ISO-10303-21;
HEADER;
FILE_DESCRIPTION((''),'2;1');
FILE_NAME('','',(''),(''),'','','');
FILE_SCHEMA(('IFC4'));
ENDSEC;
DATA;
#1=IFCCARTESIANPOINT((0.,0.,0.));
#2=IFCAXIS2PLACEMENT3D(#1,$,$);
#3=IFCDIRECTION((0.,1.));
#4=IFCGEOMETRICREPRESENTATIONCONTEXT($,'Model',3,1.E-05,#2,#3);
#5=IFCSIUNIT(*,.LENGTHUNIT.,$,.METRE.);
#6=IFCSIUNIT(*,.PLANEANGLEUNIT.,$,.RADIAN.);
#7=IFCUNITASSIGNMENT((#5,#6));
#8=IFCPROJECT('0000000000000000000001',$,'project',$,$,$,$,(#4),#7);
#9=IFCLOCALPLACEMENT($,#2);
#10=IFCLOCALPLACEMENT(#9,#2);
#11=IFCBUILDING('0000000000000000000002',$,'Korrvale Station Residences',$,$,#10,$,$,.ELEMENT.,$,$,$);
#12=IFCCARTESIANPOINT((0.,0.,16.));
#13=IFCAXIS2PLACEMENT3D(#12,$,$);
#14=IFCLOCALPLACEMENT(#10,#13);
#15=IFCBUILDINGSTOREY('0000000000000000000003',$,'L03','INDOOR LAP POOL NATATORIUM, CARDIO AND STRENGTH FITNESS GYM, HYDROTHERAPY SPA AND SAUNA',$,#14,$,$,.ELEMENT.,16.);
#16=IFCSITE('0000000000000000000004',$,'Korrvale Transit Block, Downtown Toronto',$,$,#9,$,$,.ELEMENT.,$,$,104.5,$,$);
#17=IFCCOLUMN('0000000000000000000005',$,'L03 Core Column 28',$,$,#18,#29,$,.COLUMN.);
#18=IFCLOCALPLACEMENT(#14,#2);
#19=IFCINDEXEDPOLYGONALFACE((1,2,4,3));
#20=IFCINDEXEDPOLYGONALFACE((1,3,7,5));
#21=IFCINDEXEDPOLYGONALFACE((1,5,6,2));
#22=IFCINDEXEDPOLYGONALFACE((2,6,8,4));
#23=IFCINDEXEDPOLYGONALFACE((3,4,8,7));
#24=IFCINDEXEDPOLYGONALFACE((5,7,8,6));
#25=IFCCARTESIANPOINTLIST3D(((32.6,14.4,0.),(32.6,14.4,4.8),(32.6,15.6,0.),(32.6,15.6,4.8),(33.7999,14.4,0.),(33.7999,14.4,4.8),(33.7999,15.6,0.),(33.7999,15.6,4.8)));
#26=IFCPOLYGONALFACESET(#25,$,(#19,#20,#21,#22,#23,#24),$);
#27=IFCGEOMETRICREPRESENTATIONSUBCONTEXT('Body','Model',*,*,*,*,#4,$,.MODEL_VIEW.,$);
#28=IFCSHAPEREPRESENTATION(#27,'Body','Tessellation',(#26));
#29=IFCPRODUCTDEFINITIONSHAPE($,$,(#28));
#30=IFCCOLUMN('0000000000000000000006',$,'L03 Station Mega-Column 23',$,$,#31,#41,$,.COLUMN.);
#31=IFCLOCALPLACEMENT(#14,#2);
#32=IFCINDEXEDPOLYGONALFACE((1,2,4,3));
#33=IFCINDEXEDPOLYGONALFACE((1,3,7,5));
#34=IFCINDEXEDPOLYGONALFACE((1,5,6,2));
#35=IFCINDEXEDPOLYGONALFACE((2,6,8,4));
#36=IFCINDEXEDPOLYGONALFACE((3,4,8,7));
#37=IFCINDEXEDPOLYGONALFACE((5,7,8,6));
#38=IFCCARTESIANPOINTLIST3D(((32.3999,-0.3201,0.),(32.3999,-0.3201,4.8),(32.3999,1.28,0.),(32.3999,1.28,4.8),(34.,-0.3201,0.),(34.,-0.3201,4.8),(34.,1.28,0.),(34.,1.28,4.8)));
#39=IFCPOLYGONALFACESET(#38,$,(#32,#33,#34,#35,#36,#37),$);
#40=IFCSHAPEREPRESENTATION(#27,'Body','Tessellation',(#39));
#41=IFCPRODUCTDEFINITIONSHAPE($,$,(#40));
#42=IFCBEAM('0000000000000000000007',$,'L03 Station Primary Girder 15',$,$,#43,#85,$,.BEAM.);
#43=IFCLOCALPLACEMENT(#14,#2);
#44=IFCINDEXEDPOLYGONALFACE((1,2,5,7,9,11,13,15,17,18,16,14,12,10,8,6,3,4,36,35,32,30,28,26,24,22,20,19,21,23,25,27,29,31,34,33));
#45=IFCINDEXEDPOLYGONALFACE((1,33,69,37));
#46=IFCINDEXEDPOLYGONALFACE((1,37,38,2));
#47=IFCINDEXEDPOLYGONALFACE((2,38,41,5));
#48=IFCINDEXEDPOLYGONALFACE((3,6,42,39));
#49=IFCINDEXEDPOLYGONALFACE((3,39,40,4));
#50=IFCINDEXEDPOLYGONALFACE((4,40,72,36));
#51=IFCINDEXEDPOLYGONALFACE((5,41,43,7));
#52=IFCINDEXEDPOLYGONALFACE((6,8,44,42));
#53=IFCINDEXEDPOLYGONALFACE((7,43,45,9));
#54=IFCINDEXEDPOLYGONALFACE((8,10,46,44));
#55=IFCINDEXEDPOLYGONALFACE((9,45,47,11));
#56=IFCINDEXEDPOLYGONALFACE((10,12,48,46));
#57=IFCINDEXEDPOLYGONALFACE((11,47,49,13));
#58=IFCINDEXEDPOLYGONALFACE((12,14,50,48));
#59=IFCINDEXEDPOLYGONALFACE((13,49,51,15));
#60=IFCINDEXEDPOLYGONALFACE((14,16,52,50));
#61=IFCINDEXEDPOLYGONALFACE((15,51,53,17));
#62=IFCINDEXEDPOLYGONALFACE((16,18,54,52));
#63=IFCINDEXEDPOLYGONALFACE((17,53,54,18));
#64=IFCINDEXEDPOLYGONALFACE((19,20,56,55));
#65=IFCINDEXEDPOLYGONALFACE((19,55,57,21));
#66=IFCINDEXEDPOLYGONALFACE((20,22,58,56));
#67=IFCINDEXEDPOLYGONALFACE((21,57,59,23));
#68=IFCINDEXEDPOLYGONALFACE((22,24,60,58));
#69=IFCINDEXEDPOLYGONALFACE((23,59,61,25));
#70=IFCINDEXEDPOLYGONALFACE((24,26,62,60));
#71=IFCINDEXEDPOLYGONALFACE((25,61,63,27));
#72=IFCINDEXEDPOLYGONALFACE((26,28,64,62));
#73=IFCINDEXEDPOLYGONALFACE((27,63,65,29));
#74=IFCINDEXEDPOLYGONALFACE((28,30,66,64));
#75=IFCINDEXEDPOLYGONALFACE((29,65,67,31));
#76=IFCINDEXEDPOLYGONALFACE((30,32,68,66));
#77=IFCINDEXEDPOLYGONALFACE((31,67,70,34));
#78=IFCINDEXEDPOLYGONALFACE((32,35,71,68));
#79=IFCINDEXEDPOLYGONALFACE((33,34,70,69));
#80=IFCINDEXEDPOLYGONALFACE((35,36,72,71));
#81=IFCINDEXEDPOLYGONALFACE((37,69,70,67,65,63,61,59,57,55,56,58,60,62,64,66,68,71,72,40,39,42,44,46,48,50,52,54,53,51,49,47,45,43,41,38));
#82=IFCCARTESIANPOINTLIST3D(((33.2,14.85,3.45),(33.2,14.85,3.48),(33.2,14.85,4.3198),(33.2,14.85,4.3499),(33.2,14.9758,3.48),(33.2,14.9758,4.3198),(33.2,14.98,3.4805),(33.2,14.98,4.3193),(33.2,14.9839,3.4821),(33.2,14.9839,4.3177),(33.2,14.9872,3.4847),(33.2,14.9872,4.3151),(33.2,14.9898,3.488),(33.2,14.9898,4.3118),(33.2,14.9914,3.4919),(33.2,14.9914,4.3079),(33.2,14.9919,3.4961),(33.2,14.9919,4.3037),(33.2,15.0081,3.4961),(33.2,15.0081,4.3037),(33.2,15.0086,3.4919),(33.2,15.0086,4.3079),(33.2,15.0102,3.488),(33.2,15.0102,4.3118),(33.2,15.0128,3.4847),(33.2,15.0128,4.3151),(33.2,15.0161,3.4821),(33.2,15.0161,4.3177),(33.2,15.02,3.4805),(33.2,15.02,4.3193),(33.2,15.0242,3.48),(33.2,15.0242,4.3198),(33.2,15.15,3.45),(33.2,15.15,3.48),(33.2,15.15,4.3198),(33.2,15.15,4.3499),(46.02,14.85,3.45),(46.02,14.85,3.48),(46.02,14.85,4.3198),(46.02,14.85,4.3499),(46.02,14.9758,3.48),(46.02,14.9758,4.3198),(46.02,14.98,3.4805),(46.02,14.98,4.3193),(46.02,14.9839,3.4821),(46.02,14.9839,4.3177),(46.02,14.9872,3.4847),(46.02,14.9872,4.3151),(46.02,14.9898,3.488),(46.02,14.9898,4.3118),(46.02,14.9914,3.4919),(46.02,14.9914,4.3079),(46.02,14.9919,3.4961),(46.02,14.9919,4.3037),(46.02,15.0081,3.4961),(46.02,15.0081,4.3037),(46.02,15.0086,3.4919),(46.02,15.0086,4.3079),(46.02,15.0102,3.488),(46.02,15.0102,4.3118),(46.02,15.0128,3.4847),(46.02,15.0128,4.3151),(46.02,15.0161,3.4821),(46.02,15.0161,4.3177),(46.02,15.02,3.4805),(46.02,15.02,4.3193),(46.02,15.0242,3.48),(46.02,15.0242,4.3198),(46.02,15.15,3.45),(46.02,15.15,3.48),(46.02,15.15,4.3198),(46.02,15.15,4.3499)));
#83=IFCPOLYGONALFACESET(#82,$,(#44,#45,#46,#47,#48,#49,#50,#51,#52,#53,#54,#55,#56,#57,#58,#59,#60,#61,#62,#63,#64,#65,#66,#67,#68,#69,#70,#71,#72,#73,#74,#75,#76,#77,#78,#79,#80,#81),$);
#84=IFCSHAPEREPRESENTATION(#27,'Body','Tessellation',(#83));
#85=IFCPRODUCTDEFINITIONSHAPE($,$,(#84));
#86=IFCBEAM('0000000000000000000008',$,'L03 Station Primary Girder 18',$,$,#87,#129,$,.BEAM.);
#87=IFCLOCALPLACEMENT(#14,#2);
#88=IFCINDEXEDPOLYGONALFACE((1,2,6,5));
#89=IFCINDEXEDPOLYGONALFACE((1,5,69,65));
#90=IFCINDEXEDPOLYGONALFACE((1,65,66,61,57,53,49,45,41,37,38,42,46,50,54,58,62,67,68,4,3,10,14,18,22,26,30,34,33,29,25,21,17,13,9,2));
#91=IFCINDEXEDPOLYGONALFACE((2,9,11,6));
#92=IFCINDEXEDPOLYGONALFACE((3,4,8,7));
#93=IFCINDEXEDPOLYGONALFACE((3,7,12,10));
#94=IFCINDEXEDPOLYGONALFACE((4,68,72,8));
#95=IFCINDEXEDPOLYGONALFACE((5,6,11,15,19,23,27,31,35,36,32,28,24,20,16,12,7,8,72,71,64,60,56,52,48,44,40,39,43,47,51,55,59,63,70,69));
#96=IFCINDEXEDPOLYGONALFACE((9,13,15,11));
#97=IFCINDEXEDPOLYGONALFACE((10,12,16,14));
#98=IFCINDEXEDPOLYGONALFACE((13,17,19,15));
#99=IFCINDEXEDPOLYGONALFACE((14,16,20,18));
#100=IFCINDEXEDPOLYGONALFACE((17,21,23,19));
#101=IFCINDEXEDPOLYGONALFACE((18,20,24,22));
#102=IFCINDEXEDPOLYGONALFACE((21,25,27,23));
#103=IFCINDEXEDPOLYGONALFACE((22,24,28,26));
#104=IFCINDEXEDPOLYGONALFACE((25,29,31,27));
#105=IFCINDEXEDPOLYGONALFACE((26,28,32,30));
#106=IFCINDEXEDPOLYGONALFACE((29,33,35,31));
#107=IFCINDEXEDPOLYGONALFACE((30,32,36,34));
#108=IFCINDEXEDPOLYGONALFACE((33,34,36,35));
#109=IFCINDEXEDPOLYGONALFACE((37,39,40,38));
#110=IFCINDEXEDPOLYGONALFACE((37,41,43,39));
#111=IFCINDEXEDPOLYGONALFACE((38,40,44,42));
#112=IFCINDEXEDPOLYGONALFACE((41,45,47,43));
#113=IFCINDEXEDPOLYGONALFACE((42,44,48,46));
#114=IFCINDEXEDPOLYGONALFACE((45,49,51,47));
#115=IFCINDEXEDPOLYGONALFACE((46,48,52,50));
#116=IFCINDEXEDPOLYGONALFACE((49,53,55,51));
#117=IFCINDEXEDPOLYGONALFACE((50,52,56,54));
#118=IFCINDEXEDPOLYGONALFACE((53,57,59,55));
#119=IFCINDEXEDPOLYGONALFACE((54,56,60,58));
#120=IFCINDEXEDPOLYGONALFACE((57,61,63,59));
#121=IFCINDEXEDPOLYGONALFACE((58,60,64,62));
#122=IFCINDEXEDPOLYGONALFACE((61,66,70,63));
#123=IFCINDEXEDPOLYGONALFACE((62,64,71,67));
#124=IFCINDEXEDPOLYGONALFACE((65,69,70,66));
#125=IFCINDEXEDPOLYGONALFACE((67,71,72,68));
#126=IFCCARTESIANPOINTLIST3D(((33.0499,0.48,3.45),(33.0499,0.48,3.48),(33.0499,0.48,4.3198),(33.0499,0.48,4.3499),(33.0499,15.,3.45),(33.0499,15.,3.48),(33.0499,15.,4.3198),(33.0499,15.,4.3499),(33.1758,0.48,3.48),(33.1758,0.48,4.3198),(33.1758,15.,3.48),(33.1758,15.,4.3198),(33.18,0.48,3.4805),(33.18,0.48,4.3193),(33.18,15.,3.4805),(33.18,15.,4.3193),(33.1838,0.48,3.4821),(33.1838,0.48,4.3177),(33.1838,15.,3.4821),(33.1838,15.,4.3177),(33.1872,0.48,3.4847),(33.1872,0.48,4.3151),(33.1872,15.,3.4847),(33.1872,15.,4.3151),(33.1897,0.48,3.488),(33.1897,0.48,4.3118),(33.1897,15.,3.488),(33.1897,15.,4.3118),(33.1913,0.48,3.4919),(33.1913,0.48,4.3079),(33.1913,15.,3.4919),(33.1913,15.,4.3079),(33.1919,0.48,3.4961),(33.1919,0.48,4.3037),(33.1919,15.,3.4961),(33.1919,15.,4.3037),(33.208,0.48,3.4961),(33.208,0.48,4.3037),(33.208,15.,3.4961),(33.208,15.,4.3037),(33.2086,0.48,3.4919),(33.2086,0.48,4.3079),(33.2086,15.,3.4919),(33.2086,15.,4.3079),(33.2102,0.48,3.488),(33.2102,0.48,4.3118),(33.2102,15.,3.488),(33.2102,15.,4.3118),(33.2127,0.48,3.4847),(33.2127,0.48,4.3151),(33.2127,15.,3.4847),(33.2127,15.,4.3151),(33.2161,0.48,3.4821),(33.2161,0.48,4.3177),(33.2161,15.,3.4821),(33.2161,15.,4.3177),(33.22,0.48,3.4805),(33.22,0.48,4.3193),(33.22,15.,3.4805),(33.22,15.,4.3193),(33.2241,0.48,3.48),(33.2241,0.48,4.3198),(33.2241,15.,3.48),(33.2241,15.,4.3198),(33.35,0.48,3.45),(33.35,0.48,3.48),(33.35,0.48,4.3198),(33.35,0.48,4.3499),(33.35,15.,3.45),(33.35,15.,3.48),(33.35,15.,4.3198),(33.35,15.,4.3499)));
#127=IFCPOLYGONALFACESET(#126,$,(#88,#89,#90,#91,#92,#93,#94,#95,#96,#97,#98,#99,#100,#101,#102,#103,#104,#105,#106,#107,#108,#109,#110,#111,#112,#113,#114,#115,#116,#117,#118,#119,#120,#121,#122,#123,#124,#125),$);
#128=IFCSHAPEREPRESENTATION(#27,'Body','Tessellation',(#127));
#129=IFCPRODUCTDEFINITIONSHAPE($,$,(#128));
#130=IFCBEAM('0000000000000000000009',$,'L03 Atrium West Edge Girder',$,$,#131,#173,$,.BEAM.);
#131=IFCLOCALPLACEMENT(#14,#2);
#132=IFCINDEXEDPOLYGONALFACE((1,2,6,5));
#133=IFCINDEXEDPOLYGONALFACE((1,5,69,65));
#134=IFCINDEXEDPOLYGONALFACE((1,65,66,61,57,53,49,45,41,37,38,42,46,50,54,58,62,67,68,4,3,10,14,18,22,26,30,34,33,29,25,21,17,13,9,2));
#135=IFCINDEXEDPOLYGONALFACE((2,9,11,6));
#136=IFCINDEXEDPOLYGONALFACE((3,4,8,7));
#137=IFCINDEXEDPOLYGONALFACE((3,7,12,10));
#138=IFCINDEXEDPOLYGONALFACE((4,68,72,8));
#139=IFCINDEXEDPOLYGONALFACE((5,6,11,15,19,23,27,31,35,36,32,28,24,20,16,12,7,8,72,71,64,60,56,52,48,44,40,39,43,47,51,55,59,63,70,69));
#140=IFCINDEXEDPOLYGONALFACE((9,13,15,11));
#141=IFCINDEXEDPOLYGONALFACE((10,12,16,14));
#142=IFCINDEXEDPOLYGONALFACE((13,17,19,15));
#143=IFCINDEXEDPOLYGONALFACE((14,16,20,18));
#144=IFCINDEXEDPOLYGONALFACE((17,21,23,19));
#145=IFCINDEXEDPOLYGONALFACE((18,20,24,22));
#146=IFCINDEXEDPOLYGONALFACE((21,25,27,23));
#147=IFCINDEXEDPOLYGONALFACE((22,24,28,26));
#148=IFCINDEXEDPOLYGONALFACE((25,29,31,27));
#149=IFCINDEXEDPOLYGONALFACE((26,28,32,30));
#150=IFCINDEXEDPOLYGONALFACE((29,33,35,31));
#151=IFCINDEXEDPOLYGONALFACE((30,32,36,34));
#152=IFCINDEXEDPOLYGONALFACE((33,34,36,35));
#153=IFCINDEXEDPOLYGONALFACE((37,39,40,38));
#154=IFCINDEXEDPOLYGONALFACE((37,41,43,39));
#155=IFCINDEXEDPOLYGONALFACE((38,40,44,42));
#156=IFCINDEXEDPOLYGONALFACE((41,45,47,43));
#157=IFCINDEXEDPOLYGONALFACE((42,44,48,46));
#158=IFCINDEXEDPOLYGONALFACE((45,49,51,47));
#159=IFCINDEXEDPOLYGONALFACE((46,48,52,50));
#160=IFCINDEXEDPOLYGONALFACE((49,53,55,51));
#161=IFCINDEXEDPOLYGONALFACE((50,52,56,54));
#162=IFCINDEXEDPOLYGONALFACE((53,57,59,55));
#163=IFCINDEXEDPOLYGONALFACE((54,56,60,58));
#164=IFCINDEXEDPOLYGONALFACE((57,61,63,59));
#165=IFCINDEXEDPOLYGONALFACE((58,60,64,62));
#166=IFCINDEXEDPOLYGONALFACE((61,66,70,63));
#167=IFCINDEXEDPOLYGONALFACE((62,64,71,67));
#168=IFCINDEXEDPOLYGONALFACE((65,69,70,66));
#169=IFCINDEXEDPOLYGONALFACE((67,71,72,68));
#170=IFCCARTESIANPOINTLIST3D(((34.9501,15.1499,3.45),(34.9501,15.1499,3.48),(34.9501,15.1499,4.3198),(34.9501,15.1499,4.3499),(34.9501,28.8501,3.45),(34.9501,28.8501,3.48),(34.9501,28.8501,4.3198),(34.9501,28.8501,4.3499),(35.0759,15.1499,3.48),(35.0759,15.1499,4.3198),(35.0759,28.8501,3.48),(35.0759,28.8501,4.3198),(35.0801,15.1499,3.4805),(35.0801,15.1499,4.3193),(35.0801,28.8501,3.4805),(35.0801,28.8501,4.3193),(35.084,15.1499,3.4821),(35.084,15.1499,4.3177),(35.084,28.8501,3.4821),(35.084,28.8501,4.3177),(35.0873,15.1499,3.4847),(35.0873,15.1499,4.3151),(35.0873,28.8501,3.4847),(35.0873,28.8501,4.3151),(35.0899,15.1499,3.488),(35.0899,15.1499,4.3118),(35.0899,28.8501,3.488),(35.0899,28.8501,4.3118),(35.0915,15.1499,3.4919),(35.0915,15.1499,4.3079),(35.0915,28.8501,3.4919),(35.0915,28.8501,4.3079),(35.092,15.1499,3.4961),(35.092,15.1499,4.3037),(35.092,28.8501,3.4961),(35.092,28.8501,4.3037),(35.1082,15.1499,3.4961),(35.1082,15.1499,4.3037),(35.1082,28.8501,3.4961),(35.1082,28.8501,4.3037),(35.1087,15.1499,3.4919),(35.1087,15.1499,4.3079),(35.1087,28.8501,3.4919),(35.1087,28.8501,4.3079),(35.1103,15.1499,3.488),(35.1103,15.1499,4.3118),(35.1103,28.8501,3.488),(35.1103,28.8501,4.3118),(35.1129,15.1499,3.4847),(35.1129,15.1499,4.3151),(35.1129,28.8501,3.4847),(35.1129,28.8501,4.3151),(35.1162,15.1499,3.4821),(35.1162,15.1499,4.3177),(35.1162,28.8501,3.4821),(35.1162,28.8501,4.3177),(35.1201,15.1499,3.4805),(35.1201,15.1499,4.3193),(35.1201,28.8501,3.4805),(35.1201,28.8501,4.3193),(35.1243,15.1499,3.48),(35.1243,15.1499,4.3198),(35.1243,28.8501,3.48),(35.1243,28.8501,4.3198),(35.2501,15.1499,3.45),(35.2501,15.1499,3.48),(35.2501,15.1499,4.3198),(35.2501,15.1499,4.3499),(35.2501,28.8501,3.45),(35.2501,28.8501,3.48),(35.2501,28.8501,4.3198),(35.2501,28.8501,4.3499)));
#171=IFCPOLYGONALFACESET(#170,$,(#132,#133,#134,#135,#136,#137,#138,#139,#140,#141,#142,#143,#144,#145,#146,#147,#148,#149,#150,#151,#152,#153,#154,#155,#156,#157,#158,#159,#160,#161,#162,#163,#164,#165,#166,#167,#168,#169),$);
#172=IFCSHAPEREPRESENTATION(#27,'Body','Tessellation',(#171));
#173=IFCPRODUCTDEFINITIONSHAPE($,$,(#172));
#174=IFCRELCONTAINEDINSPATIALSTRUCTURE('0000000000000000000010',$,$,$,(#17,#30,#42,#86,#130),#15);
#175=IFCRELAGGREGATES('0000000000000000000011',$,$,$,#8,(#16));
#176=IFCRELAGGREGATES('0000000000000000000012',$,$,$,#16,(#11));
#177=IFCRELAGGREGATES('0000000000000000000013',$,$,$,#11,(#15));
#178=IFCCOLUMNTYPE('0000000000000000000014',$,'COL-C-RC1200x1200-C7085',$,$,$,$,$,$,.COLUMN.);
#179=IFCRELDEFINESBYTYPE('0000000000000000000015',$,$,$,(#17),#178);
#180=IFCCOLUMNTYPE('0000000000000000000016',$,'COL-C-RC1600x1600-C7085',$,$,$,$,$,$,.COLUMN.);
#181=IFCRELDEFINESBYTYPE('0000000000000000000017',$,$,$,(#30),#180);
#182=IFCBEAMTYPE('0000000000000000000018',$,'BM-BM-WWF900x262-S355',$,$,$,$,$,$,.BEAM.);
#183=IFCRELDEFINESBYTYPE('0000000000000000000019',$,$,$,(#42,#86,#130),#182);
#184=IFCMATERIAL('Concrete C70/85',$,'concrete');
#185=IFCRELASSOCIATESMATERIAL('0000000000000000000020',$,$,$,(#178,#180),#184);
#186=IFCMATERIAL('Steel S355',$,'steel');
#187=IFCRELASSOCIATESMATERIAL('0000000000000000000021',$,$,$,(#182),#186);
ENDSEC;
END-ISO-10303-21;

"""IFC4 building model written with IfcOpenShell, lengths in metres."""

from ifc_helpers import new_model, si_unit, direction, frame, origin, origin_2d, place, context, subcontext, project, spatial, rectangle, i_section, extrude, material, material_profile, profile_set, type_object, element, save


model = new_model("IFC4")

# Units and contexts
model_context = context("Model", 3, precision=1e-05, world=origin(), true_north=direction((0.0, 1.0)))
body_context = subcontext(model_context, "Body", "Model", "MODEL_VIEW")
ifc_project = project(units=[si_unit("LENGTHUNIT", "METRE"), si_unit("PLANEANGLEUNIT", "RADIAN")], contexts=[model_context])

# Site, building, storey
site_placement = place(None, origin())
site = spatial("IfcSite", under=ifc_project, at=site_placement, Name="Korrvale Transit Block, Downtown Toronto", CompositionType="ELEMENT", RefElevation=104.5)
building_placement = place(site_placement, origin())
building = spatial("IfcBuilding", under=site, at=building_placement, Name="Korrvale Station Residences", CompositionType="ELEMENT")
storey_placement = place(building_placement, frame((0.0, 0.0, 16.0)))
storey = spatial("IfcBuildingStorey", under=building, at=storey_placement, Name="L03", Description="INDOOR LAP POOL NATATORIUM, CARDIO AND STRENGTH FITNESS GYM, HYDROTHERAPY SPA AND SAUNA", CompositionType="ELEMENT", Elevation=16.0)

# Columns
ifc_material_1 = material(Name="Concrete C70/85", Category="concrete")
ifc_material_profile_1 = material_profile(ifc_material_1, rectangle(XDim=1.2, YDim=1.2, at=origin_2d()), Name="RC1200x1200")
ifc_profile_set_1 = profile_set([ifc_material_profile_1], Name="Concrete C70/85")
column_type_1 = type_object("IfcColumnType", Name="COL-C-RC1200x1200-C7085", PredefinedType="COLUMN", material=ifc_profile_set_1)
column_1_placement = place(storey_placement, frame((33.2, 15.0, 0.0), z_axis=(0.0, 0.0, 1.0), x_axis=(1.0, 0.0, 0.0)))
element("IfcColumn", 1, at=column_1_placement, inside=storey, type_object=column_type_1, Name="L03 Core Column 28", PredefinedType="COLUMN", context=body_context, shape_type="SweptSolid", body=[
    extrude(rectangle(XDim=1.2, YDim=1.2, at=origin_2d()), origin(), (0.0, 0.0, 1.0), 4.8),
])
ifc_material_profile_2 = material_profile(ifc_material_1, rectangle(XDim=1.6001, YDim=1.6001, at=origin_2d()), Name="RC1600x1600")
ifc_profile_set_2 = profile_set([ifc_material_profile_2], Name="Concrete C70/85")
column_type_2 = type_object("IfcColumnType", Name="COL-C-RC1600x1600-C7085", PredefinedType="COLUMN", material=ifc_profile_set_2)
column_2_placement = place(storey_placement, frame((33.2, 0.48, 0.0), z_axis=(0.0, 0.0, 1.0), x_axis=(1.0, 0.0, 0.0)))
element("IfcColumn", 2, at=column_2_placement, inside=storey, type_object=column_type_2, Name="L03 Station Mega-Column 23", PredefinedType="COLUMN", context=body_context, shape_type="SweptSolid", body=[
    extrude(rectangle(XDim=1.6001, YDim=1.6001, at=origin_2d()), origin(), (0.0, 0.0, 1.0), 4.8),
])

# Beams
ifc_material_2 = material(Name="Steel S355", Category="steel")
ifc_material_profile_3 = material_profile(ifc_material_2, i_section(OverallWidth=0.3, OverallDepth=0.8999, WebThickness=0.0161, FlangeThickness=0.03, FilletRadius=0.0161, at=origin_2d()), Name="WWF900x262")
ifc_profile_set_3 = profile_set([ifc_material_profile_3], Name="Steel S355")
beam_type_1 = type_object("IfcBeamType", Name="BM-BM-WWF900x262-S355", PredefinedType="BEAM", material=ifc_profile_set_3)
beam_1_placement = place(storey_placement, frame((33.2, 15.0, 3.8999), z_axis=(1.0, 0.0, 0.0), x_axis=(0.0, 1.0, 0.0)))
element("IfcBeam", 3, at=beam_1_placement, inside=storey, type_object=beam_type_1, Name="L03 Station Primary Girder 15", PredefinedType="BEAM", context=body_context, shape_type="SweptSolid", body=[
    extrude(i_section(OverallWidth=0.3, OverallDepth=0.8999, WebThickness=0.0161, FlangeThickness=0.03, FilletRadius=0.0161, at=origin_2d()), origin(), (0.0, 0.0, 1.0), 12.8201),
])
beam_2_placement = place(storey_placement, frame((33.2, 0.48, 3.8999), z_axis=(0.0, 1.0, 0.0), x_axis=(-1.0, 0.0, 0.0)))
element("IfcBeam", 4, at=beam_2_placement, inside=storey, type_object=beam_type_1, Name="L03 Station Primary Girder 18", PredefinedType="BEAM", context=body_context, shape_type="SweptSolid", body=[
    extrude(i_section(OverallWidth=0.3, OverallDepth=0.8999, WebThickness=0.0161, FlangeThickness=0.03, FilletRadius=0.0161, at=origin_2d()), origin(), (0.0, 0.0, 1.0), 14.52),
])
beam_3_placement = place(storey_placement, frame((35.1001, 15.1499, 3.8999), z_axis=(0.0, 1.0, 0.0), x_axis=(-1.0, 0.0, 0.0)))
element("IfcBeam", 5, at=beam_3_placement, inside=storey, type_object=beam_type_1, Name="L03 Atrium West Edge Girder", PredefinedType="BEAM", context=body_context, shape_type="SweptSolid", body=[
    extrude(i_section(OverallWidth=0.3, OverallDepth=0.8999, WebThickness=0.0161, FlangeThickness=0.03, FilletRadius=0.0161, at=origin_2d()), origin(), (0.0, 0.0, 1.0), 13.7002),
])

save(model, "model.ifc")
